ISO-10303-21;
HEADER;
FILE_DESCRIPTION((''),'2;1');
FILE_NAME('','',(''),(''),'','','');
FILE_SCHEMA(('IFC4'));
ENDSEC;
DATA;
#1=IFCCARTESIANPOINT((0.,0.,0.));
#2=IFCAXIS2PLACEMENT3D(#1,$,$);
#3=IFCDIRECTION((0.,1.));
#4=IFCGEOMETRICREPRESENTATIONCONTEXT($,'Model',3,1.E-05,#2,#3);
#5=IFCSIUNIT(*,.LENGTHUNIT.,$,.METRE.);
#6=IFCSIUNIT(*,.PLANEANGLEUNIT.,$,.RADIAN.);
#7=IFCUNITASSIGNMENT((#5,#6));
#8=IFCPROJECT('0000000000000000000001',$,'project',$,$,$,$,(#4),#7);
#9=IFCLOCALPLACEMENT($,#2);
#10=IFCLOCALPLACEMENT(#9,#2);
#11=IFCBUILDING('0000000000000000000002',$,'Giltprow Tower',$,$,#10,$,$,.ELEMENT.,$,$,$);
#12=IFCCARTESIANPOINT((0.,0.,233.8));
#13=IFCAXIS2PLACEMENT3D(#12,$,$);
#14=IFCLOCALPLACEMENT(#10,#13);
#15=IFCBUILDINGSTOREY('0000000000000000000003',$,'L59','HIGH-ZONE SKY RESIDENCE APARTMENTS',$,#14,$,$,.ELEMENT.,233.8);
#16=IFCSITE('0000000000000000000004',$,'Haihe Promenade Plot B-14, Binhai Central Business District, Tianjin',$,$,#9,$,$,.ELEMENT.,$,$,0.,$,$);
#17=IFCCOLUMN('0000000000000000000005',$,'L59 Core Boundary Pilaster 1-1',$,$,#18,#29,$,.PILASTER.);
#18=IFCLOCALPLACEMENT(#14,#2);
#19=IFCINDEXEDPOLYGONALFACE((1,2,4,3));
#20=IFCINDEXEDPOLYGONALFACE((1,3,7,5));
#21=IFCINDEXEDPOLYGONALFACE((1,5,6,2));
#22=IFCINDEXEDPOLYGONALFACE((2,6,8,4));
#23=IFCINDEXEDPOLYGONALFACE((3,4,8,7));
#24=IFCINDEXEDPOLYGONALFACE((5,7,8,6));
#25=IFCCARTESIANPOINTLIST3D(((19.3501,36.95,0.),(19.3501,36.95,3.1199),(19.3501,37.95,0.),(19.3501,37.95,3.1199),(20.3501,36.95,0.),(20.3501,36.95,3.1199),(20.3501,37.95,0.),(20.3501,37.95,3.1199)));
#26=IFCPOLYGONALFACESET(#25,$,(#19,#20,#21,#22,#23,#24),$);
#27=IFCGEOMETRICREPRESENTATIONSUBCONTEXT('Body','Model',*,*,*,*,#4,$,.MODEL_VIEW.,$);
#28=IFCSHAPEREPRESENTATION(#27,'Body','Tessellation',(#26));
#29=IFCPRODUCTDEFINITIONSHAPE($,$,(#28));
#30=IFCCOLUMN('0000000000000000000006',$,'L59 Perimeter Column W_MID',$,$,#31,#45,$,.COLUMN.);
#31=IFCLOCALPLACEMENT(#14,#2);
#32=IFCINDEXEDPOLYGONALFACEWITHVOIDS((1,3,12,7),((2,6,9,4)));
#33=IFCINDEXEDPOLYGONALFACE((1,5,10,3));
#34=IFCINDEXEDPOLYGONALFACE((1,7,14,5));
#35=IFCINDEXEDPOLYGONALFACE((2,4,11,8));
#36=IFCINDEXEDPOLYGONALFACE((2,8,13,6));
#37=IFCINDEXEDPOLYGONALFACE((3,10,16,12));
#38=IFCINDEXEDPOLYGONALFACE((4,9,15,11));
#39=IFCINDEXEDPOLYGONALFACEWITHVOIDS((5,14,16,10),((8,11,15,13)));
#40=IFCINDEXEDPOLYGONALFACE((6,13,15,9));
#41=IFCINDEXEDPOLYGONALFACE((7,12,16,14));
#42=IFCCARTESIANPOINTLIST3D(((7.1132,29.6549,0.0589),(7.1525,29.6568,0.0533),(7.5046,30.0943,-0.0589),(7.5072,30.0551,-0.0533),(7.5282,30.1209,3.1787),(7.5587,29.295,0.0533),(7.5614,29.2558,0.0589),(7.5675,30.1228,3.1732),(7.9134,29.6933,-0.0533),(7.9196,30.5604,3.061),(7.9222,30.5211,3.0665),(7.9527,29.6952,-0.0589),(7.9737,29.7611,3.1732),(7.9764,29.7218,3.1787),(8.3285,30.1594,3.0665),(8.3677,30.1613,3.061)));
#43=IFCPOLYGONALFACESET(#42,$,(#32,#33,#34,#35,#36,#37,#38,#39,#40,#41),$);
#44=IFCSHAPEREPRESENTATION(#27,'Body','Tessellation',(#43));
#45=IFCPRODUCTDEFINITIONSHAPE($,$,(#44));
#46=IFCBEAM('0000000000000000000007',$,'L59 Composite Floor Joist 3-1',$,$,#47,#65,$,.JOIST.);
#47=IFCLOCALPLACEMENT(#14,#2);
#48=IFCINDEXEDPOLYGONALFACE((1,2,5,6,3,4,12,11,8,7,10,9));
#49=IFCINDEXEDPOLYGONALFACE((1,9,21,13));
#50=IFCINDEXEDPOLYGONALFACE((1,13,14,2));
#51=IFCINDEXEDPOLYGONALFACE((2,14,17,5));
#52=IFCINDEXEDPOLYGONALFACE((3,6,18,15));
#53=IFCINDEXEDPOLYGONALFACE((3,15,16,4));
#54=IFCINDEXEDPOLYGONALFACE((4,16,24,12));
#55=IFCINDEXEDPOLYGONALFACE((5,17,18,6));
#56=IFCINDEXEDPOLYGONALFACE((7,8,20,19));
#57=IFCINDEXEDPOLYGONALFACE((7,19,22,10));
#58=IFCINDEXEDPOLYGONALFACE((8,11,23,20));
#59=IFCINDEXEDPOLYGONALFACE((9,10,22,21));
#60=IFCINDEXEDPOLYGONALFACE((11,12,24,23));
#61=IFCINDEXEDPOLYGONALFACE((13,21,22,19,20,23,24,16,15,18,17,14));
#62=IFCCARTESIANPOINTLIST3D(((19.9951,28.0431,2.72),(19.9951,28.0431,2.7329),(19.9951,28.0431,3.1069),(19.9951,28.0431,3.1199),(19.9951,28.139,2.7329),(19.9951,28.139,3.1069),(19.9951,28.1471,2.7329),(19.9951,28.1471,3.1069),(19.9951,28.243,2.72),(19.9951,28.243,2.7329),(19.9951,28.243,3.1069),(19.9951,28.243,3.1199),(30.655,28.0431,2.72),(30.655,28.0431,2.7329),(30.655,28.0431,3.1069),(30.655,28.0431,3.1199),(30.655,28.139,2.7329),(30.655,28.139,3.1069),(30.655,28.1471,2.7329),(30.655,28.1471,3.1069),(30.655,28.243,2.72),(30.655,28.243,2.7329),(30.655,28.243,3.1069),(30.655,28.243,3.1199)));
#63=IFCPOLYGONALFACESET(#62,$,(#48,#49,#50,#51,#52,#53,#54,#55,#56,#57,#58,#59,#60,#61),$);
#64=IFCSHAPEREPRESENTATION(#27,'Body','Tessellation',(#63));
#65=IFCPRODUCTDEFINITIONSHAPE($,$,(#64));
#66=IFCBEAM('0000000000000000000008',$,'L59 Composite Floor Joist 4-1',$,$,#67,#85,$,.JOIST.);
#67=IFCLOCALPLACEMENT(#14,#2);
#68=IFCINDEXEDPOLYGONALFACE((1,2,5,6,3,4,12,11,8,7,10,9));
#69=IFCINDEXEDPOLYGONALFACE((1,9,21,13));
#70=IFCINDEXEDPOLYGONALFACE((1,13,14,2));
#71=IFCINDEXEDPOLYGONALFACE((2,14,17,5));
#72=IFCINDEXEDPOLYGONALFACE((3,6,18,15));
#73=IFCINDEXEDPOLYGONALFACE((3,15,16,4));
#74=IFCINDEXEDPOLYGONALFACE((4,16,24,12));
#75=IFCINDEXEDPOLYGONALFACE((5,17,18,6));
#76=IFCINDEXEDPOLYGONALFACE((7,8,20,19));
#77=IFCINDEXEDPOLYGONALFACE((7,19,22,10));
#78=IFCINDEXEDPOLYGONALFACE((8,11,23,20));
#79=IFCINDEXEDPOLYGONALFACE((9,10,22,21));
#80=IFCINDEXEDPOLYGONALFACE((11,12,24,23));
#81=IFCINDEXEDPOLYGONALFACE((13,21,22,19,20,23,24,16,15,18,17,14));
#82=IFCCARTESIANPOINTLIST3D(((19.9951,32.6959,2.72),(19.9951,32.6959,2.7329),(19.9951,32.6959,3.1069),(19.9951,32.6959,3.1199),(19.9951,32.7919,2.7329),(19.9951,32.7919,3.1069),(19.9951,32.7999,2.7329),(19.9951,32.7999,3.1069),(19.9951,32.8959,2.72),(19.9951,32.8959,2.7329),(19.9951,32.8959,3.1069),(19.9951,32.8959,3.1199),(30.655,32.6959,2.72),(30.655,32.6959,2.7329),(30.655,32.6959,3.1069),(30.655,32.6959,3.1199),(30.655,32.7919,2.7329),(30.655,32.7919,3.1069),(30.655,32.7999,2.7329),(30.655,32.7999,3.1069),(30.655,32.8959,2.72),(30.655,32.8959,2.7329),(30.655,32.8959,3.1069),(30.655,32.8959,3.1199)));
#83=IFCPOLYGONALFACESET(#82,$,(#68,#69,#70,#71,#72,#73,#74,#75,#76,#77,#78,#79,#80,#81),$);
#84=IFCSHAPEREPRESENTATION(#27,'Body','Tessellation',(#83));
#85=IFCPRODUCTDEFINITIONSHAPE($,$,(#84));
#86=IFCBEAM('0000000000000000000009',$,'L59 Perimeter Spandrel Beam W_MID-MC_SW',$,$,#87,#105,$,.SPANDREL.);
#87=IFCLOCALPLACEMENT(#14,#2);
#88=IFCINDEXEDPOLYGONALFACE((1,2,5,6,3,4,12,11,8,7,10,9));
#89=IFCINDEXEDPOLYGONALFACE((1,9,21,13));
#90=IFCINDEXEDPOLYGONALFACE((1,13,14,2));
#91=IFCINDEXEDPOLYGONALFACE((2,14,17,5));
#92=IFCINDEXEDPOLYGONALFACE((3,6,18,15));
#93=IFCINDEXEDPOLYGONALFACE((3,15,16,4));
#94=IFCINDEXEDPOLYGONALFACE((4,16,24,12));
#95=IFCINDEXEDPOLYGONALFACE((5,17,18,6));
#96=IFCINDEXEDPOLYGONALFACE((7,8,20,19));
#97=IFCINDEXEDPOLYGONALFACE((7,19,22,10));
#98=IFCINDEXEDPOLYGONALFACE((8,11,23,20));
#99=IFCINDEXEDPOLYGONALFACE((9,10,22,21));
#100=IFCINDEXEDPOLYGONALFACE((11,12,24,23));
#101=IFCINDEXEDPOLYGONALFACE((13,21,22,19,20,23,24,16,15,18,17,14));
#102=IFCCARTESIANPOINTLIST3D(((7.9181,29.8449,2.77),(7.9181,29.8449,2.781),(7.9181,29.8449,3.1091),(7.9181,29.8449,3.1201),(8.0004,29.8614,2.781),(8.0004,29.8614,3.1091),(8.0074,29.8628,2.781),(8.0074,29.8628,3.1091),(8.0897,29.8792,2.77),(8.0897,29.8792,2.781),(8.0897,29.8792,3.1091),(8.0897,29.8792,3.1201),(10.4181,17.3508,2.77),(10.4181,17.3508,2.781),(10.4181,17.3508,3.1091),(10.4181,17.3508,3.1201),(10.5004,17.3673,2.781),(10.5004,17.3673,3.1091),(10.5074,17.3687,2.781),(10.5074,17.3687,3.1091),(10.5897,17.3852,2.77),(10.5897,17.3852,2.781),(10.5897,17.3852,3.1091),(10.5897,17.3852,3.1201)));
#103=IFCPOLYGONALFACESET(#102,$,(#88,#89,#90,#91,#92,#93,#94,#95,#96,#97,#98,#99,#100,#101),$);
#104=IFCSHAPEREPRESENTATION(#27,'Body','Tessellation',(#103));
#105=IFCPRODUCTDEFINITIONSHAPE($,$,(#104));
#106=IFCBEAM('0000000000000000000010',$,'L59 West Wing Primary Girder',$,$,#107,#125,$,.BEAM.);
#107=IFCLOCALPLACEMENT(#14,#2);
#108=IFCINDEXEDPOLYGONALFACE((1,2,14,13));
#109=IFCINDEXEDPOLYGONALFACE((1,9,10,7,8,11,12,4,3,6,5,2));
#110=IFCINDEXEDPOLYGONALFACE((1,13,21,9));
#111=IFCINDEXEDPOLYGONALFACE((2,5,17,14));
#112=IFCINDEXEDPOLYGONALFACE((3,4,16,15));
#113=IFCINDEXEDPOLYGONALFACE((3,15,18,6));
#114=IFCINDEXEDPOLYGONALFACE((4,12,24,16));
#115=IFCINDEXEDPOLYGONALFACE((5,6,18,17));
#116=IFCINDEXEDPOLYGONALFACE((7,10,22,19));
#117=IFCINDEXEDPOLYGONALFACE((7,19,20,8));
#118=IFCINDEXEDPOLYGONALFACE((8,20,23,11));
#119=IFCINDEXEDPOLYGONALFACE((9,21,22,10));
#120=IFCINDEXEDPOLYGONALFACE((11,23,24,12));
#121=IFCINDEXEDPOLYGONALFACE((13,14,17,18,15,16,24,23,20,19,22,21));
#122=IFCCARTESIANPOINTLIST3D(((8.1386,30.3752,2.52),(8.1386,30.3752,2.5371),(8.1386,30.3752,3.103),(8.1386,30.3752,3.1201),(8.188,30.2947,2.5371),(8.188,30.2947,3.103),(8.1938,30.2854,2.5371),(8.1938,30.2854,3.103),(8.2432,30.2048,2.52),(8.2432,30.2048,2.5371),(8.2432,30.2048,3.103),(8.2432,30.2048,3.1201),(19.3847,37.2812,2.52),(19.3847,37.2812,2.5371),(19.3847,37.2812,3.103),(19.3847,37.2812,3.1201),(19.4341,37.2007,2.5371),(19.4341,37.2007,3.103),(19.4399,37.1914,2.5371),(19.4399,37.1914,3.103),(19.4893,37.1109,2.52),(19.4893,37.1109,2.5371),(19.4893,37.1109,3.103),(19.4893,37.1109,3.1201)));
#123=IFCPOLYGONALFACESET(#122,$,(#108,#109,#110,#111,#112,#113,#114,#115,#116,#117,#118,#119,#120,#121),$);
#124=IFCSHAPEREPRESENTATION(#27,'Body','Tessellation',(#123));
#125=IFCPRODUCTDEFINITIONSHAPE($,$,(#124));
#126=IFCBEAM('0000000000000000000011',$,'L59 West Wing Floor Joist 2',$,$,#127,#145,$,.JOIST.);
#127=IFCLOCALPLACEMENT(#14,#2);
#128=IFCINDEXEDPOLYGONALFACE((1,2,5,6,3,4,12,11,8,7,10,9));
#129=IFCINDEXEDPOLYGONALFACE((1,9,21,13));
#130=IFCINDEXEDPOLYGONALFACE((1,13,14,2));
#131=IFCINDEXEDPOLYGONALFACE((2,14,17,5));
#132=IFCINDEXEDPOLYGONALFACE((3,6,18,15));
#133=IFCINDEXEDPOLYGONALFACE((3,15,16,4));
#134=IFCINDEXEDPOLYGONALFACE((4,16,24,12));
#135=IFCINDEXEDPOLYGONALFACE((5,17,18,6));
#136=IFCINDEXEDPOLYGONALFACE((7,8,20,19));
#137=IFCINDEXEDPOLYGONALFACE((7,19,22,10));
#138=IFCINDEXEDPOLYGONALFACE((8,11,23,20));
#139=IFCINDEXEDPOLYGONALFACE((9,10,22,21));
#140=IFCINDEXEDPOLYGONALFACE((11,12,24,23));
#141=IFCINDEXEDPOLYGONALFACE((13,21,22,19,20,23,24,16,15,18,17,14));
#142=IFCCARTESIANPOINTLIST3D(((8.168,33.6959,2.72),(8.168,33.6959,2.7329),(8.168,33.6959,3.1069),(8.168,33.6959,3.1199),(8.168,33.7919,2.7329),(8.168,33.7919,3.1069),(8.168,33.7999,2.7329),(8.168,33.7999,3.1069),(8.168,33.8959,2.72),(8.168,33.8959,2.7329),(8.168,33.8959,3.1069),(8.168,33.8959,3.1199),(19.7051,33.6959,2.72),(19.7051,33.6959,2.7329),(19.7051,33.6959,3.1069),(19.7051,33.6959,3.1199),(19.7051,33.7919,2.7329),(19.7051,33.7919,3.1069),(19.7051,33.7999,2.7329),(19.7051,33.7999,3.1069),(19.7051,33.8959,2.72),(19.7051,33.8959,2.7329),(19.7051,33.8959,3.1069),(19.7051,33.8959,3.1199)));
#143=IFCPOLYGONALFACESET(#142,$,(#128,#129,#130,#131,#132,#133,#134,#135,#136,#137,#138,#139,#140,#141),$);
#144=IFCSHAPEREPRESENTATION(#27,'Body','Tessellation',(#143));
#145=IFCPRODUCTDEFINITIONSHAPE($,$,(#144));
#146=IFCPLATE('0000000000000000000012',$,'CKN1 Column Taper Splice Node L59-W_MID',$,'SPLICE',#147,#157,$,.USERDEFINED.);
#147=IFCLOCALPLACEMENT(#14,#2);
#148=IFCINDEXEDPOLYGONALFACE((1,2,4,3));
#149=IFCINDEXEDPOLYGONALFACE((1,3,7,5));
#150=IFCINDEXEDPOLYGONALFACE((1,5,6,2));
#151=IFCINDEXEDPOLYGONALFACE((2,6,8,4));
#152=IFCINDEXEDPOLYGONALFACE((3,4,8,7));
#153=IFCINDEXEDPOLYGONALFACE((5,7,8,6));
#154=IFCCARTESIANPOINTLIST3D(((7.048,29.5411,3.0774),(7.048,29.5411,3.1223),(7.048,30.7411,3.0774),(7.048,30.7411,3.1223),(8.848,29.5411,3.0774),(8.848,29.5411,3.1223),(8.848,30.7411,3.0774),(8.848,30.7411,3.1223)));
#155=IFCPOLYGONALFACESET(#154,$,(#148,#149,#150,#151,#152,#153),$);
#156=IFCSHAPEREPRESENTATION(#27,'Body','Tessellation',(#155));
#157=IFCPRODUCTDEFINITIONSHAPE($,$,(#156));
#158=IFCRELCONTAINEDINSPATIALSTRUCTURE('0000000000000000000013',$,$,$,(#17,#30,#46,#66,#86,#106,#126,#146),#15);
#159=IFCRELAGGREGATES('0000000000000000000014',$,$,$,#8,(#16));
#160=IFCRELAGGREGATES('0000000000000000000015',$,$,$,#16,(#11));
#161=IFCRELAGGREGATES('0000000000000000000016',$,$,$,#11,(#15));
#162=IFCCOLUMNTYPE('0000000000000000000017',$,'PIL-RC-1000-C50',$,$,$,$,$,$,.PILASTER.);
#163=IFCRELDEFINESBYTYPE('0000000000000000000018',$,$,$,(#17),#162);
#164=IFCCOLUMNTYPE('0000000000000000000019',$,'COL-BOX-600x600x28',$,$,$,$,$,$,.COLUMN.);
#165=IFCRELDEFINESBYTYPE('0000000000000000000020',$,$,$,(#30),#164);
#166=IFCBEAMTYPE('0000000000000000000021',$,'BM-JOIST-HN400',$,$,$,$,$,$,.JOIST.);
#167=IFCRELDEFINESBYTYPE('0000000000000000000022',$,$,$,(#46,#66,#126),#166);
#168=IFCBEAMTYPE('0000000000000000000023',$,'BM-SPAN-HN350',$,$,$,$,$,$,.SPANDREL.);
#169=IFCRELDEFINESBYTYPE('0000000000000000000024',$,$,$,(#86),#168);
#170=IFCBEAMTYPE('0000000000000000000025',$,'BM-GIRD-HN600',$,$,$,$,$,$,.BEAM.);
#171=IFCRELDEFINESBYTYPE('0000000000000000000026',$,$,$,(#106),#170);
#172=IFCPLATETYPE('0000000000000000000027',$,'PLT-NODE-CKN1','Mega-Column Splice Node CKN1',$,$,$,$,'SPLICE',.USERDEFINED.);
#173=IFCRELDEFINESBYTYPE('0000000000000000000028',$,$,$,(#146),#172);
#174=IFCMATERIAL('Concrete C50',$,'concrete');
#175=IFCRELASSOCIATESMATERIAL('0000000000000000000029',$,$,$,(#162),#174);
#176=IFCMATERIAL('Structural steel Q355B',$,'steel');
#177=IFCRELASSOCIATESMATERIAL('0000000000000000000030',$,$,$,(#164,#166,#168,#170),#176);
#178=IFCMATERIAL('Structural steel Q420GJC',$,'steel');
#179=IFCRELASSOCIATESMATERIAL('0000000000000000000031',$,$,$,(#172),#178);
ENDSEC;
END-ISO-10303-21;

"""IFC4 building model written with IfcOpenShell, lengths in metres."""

from ifc_helpers import new_model, si_unit, direction, frame, origin, origin_2d, place, context, subcontext, project, spatial, rectangle, hollow_rectangle, i_section, extrude, source, transform, mapped, material, material_profile, profile_set, type_object, element, save


model = new_model("IFC4")

# Units and contexts
model_context = context("Model", 3, precision=1e-05, world=origin(), true_north=direction((0.0, 1.0)))
body_context = subcontext(model_context, "Body", "Model", "MODEL_VIEW")
ifc_project = project(units=[si_unit("LENGTHUNIT", "METRE"), si_unit("PLANEANGLEUNIT", "RADIAN")], contexts=[model_context])

# Site, building, storey
site_placement = place(None, origin())
site = spatial("IfcSite", under=ifc_project, at=site_placement, Name="Haihe Promenade Plot B-14, Binhai Central Business District, Tianjin", CompositionType="ELEMENT", RefElevation=0.0)
building_placement = place(site_placement, origin())
building = spatial("IfcBuilding", under=site, at=building_placement, Name="Giltprow Tower", CompositionType="ELEMENT")
storey_placement = place(building_placement, frame((0.0, 0.0, 233.8)))
storey = spatial("IfcBuildingStorey", under=building, at=storey_placement, Name="L59", Description="HIGH-ZONE SKY RESIDENCE APARTMENTS", CompositionType="ELEMENT", Elevation=233.8)

# Columns
ifc_material_1 = material(Name="Concrete C50", Category="concrete")
ifc_material_profile_1 = material_profile(ifc_material_1, rectangle(XDim=1.0, YDim=1.0, at=origin_2d()), Name="RC 1000x1000")
ifc_profile_set_1 = profile_set([ifc_material_profile_1], Name="Concrete C50")
column_type_1 = type_object("IfcColumnType", Name="PIL-RC-1000-C50", PredefinedType="PILASTER", material=ifc_profile_set_1)
shared_shape_1 = source(origin(), body_context, "Body", "SweptSolid", [
    extrude(rectangle(XDim=1.0, YDim=1.0, at=origin_2d()), origin(), (0.0, 0.0, 1.0), 3.1199),
])
column_1_placement = place(storey_placement, frame((19.8501, 37.45, 0.0), z_axis=(0.0, 0.0, 1.0), x_axis=(1.0, 0.0, 0.0)))
element("IfcColumn", 1, at=column_1_placement, inside=storey, type_object=column_type_1, Name="L59 Core Boundary Pilaster 1-1", PredefinedType="PILASTER", context=body_context, shape_type="MappedRepresentation", body=[
    mapped(shared_shape_1, transform((0.0, 0.0, 0.0), x_axis=(1.0, 0.0, 0.0), y_axis=(0.0, 1.0, 0.0), z_axis=(0.0, 0.0, 1.0), scale=1.0)),
])
ifc_material_2 = material(Name="Structural steel Q355B", Category="steel")
ifc_material_profile_2 = material_profile(ifc_material_2, hollow_rectangle(XDim=0.6001, YDim=0.6001, WallThickness=0.0281, at=origin_2d()), Name="BOX 600x600x28")
ifc_profile_set_2 = profile_set([ifc_material_profile_2], Name="Structural steel Q355B")
column_type_2 = type_object("IfcColumnType", Name="COL-BOX-600x600x28", PredefinedType="COLUMN", material=ifc_profile_set_2)
shared_shape_2 = source(origin(), body_context, "Body", "SweptSolid", [
    extrude(hollow_rectangle(XDim=0.6001, YDim=0.6001, WallThickness=0.0281, at=origin_2d()), origin(), (0.0, 0.0, 1.0), 3.1816),
])
column_2_placement = place(storey_placement, frame((7.533, 29.675, 0.0), z_axis=(0.130447, 0.146484, 0.980574), x_axis=(-0.746805, 0.665043, 0.0)))
element("IfcColumn", 2, at=column_2_placement, inside=storey, type_object=column_type_2, Name="L59 Perimeter Column W_MID", PredefinedType="COLUMN", context=body_context, shape_type="MappedRepresentation", body=[
    mapped(shared_shape_2, transform((0.0, 0.0, 0.0), x_axis=(1.0, 0.0, 0.0), y_axis=(0.0, 1.0, 0.0), z_axis=(0.0, 0.0, 1.0), scale=1.0)),
])

# Beams
ifc_material_profile_3 = material_profile(ifc_material_2, i_section(OverallWidth=0.2, OverallDepth=0.3999, WebThickness=0.0081, FlangeThickness=0.0129, at=origin_2d()), Name="HN 400x200x8x13")
ifc_profile_set_3 = profile_set([ifc_material_profile_3], Name="Structural steel Q355B")
beam_type_1 = type_object("IfcBeamType", Name="BM-JOIST-HN400", PredefinedType="JOIST", material=ifc_profile_set_3)
shared_shape_3 = source(origin(), body_context, "Body", "SweptSolid", [
    extrude(i_section(OverallWidth=0.2, OverallDepth=0.3999, WebThickness=0.0081, FlangeThickness=0.0129, at=origin_2d()), origin(), (0.0, 0.0, 1.0), 10.6599),
])
for number, where, z_axis, x_axis, name in (
    (3, (19.9951, 28.1431, 2.9199), (1.0, 0.0, 0.0), (0.0, 1.0, 0.0), "L59 Composite Floor Joist 3-1"),
    (4, (19.9951, 32.7959, 2.9199), (1.0, 0.0, 0.0), (0.0, 1.0, 0.0), "L59 Composite Floor Joist 4-1"),
):
    element("IfcBeam", number, at=place(storey_placement, frame(where, z_axis=z_axis, x_axis=x_axis)), inside=storey, type_object=beam_type_1, Name=name, PredefinedType="JOIST", context=body_context, shape_type="MappedRepresentation", body=[
        mapped(shared_shape_3, transform((0.0, 0.0, 0.0), x_axis=(1.0, 0.0, 0.0), y_axis=(0.0, 1.0, 0.0), z_axis=(0.0, 0.0, 1.0), scale=1.0)),
    ])
ifc_material_profile_4 = material_profile(ifc_material_2, i_section(OverallWidth=0.175, OverallDepth=0.3501, WebThickness=0.0071, FlangeThickness=0.011, at=origin_2d()), Name="HN 350x175x7x11")
ifc_profile_set_4 = profile_set([ifc_material_profile_4], Name="Structural steel Q355B")
beam_type_2 = type_object("IfcBeamType", Name="BM-SPAN-HN350", PredefinedType="SPANDREL", material=ifc_profile_set_4)
shared_shape_4 = source(origin(), body_context, "Body", "SweptSolid", [
    extrude(i_section(OverallWidth=0.175, OverallDepth=0.3501, WebThickness=0.0071, FlangeThickness=0.011, at=origin_2d()), origin(), (0.0, 0.0, 1.0), 12.7417),
])
beam_1_placement = place(storey_placement, frame((8.0039, 29.8621, 2.9451), z_axis=(0.196205, -0.980563, 0.0), x_axis=(0.980563, 0.196205, 0.0)))
element("IfcBeam", 5, at=beam_1_placement, inside=storey, type_object=beam_type_2, Name="L59 Perimeter Spandrel Beam W_MID-MC_SW", PredefinedType="SPANDREL", context=body_context, shape_type="MappedRepresentation", body=[
    mapped(shared_shape_4, transform((0.0, 0.0, 0.0), x_axis=(1.0, 0.0, 0.0), y_axis=(0.0, 1.0, 0.0), z_axis=(0.0, 0.0, 1.0), scale=1.0)),
])
ifc_material_profile_5 = material_profile(ifc_material_2, i_section(OverallWidth=0.2, OverallDepth=0.6001, WebThickness=0.011, FlangeThickness=0.0171, at=origin_2d()), Name="HN 600x200x11x17")
ifc_profile_set_5 = profile_set([ifc_material_profile_5], Name="Structural steel Q355B")
beam_type_3 = type_object("IfcBeamType", Name="BM-GIRD-HN600", PredefinedType="BEAM", material=ifc_profile_set_5)
shared_shape_5 = source(origin(), body_context, "Body", "SweptSolid", [
    extrude(i_section(OverallWidth=0.2, OverallDepth=0.6001, WebThickness=0.011, FlangeThickness=0.0171, at=origin_2d()), origin(), (0.0, 0.0, 1.0), 13.1973),
])
beam_2_placement = place(storey_placement, frame((8.1909, 30.29, 2.8201), z_axis=(0.852154, 0.523291, 0.0), x_axis=(-0.523291, 0.852154, 0.0)))
element("IfcBeam", 6, at=beam_2_placement, inside=storey, type_object=beam_type_3, Name="L59 West Wing Primary Girder", PredefinedType="BEAM", context=body_context, shape_type="MappedRepresentation", body=[
    mapped(shared_shape_5, transform((0.0, 0.0, 0.0), x_axis=(1.0, 0.0, 0.0), y_axis=(0.0, 1.0, 0.0), z_axis=(0.0, 0.0, 1.0), scale=1.0)),
])
shared_shape_6 = source(origin(), body_context, "Body", "SweptSolid", [
    extrude(i_section(OverallWidth=0.2, OverallDepth=0.3999, WebThickness=0.0081, FlangeThickness=0.0129, at=origin_2d()), origin(), (0.0, 0.0, 1.0), 11.5371),
])
beam_3_placement = place(storey_placement, frame((8.168, 33.7959, 2.9199), z_axis=(1.0, 0.0, 0.0), x_axis=(0.0, 1.0, 0.0)))
element("IfcBeam", 7, at=beam_3_placement, inside=storey, type_object=beam_type_1, Name="L59 West Wing Floor Joist 2", PredefinedType="JOIST", context=body_context, shape_type="MappedRepresentation", body=[
    mapped(shared_shape_6, transform((0.0, 0.0, 0.0), x_axis=(1.0, 0.0, 0.0), y_axis=(0.0, 1.0, 0.0), z_axis=(0.0, 0.0, 1.0), scale=1.0)),
])

# Plate
ifc_material_3 = material(Name="Structural steel Q420GJC", Category="steel")
plate_type = type_object("IfcPlateType", Name="PLT-NODE-CKN1", Description="Mega-Column Splice Node CKN1", ElementType="SPLICE", PredefinedType="USERDEFINED", material=ifc_material_3)
shared_shape_7 = source(origin(), body_context, "Body", "SweptSolid", [
    extrude(rectangle(XDim=1.8, YDim=1.2, at=origin_2d()), origin(), (0.0, 0.0, 1.0), 0.0449),
])
plate_placement = place(storey_placement, frame((7.948, 30.1411, 3.0774), z_axis=(0.0, 0.0, 1.0), x_axis=(1.0, 0.0, 0.0)))
element("IfcPlate", 8, at=plate_placement, inside=storey, type_object=plate_type, Name="CKN1 Column Taper Splice Node L59-W_MID", ObjectType="SPLICE", PredefinedType="USERDEFINED", context=body_context, shape_type="MappedRepresentation", body=[
    mapped(shared_shape_7, transform((0.0, 0.0, 0.0), x_axis=(1.0, 0.0, 0.0), y_axis=(0.0, 1.0, 0.0), z_axis=(0.0, 0.0, 1.0), scale=1.0)),
])

save(model, "model.ifc")
